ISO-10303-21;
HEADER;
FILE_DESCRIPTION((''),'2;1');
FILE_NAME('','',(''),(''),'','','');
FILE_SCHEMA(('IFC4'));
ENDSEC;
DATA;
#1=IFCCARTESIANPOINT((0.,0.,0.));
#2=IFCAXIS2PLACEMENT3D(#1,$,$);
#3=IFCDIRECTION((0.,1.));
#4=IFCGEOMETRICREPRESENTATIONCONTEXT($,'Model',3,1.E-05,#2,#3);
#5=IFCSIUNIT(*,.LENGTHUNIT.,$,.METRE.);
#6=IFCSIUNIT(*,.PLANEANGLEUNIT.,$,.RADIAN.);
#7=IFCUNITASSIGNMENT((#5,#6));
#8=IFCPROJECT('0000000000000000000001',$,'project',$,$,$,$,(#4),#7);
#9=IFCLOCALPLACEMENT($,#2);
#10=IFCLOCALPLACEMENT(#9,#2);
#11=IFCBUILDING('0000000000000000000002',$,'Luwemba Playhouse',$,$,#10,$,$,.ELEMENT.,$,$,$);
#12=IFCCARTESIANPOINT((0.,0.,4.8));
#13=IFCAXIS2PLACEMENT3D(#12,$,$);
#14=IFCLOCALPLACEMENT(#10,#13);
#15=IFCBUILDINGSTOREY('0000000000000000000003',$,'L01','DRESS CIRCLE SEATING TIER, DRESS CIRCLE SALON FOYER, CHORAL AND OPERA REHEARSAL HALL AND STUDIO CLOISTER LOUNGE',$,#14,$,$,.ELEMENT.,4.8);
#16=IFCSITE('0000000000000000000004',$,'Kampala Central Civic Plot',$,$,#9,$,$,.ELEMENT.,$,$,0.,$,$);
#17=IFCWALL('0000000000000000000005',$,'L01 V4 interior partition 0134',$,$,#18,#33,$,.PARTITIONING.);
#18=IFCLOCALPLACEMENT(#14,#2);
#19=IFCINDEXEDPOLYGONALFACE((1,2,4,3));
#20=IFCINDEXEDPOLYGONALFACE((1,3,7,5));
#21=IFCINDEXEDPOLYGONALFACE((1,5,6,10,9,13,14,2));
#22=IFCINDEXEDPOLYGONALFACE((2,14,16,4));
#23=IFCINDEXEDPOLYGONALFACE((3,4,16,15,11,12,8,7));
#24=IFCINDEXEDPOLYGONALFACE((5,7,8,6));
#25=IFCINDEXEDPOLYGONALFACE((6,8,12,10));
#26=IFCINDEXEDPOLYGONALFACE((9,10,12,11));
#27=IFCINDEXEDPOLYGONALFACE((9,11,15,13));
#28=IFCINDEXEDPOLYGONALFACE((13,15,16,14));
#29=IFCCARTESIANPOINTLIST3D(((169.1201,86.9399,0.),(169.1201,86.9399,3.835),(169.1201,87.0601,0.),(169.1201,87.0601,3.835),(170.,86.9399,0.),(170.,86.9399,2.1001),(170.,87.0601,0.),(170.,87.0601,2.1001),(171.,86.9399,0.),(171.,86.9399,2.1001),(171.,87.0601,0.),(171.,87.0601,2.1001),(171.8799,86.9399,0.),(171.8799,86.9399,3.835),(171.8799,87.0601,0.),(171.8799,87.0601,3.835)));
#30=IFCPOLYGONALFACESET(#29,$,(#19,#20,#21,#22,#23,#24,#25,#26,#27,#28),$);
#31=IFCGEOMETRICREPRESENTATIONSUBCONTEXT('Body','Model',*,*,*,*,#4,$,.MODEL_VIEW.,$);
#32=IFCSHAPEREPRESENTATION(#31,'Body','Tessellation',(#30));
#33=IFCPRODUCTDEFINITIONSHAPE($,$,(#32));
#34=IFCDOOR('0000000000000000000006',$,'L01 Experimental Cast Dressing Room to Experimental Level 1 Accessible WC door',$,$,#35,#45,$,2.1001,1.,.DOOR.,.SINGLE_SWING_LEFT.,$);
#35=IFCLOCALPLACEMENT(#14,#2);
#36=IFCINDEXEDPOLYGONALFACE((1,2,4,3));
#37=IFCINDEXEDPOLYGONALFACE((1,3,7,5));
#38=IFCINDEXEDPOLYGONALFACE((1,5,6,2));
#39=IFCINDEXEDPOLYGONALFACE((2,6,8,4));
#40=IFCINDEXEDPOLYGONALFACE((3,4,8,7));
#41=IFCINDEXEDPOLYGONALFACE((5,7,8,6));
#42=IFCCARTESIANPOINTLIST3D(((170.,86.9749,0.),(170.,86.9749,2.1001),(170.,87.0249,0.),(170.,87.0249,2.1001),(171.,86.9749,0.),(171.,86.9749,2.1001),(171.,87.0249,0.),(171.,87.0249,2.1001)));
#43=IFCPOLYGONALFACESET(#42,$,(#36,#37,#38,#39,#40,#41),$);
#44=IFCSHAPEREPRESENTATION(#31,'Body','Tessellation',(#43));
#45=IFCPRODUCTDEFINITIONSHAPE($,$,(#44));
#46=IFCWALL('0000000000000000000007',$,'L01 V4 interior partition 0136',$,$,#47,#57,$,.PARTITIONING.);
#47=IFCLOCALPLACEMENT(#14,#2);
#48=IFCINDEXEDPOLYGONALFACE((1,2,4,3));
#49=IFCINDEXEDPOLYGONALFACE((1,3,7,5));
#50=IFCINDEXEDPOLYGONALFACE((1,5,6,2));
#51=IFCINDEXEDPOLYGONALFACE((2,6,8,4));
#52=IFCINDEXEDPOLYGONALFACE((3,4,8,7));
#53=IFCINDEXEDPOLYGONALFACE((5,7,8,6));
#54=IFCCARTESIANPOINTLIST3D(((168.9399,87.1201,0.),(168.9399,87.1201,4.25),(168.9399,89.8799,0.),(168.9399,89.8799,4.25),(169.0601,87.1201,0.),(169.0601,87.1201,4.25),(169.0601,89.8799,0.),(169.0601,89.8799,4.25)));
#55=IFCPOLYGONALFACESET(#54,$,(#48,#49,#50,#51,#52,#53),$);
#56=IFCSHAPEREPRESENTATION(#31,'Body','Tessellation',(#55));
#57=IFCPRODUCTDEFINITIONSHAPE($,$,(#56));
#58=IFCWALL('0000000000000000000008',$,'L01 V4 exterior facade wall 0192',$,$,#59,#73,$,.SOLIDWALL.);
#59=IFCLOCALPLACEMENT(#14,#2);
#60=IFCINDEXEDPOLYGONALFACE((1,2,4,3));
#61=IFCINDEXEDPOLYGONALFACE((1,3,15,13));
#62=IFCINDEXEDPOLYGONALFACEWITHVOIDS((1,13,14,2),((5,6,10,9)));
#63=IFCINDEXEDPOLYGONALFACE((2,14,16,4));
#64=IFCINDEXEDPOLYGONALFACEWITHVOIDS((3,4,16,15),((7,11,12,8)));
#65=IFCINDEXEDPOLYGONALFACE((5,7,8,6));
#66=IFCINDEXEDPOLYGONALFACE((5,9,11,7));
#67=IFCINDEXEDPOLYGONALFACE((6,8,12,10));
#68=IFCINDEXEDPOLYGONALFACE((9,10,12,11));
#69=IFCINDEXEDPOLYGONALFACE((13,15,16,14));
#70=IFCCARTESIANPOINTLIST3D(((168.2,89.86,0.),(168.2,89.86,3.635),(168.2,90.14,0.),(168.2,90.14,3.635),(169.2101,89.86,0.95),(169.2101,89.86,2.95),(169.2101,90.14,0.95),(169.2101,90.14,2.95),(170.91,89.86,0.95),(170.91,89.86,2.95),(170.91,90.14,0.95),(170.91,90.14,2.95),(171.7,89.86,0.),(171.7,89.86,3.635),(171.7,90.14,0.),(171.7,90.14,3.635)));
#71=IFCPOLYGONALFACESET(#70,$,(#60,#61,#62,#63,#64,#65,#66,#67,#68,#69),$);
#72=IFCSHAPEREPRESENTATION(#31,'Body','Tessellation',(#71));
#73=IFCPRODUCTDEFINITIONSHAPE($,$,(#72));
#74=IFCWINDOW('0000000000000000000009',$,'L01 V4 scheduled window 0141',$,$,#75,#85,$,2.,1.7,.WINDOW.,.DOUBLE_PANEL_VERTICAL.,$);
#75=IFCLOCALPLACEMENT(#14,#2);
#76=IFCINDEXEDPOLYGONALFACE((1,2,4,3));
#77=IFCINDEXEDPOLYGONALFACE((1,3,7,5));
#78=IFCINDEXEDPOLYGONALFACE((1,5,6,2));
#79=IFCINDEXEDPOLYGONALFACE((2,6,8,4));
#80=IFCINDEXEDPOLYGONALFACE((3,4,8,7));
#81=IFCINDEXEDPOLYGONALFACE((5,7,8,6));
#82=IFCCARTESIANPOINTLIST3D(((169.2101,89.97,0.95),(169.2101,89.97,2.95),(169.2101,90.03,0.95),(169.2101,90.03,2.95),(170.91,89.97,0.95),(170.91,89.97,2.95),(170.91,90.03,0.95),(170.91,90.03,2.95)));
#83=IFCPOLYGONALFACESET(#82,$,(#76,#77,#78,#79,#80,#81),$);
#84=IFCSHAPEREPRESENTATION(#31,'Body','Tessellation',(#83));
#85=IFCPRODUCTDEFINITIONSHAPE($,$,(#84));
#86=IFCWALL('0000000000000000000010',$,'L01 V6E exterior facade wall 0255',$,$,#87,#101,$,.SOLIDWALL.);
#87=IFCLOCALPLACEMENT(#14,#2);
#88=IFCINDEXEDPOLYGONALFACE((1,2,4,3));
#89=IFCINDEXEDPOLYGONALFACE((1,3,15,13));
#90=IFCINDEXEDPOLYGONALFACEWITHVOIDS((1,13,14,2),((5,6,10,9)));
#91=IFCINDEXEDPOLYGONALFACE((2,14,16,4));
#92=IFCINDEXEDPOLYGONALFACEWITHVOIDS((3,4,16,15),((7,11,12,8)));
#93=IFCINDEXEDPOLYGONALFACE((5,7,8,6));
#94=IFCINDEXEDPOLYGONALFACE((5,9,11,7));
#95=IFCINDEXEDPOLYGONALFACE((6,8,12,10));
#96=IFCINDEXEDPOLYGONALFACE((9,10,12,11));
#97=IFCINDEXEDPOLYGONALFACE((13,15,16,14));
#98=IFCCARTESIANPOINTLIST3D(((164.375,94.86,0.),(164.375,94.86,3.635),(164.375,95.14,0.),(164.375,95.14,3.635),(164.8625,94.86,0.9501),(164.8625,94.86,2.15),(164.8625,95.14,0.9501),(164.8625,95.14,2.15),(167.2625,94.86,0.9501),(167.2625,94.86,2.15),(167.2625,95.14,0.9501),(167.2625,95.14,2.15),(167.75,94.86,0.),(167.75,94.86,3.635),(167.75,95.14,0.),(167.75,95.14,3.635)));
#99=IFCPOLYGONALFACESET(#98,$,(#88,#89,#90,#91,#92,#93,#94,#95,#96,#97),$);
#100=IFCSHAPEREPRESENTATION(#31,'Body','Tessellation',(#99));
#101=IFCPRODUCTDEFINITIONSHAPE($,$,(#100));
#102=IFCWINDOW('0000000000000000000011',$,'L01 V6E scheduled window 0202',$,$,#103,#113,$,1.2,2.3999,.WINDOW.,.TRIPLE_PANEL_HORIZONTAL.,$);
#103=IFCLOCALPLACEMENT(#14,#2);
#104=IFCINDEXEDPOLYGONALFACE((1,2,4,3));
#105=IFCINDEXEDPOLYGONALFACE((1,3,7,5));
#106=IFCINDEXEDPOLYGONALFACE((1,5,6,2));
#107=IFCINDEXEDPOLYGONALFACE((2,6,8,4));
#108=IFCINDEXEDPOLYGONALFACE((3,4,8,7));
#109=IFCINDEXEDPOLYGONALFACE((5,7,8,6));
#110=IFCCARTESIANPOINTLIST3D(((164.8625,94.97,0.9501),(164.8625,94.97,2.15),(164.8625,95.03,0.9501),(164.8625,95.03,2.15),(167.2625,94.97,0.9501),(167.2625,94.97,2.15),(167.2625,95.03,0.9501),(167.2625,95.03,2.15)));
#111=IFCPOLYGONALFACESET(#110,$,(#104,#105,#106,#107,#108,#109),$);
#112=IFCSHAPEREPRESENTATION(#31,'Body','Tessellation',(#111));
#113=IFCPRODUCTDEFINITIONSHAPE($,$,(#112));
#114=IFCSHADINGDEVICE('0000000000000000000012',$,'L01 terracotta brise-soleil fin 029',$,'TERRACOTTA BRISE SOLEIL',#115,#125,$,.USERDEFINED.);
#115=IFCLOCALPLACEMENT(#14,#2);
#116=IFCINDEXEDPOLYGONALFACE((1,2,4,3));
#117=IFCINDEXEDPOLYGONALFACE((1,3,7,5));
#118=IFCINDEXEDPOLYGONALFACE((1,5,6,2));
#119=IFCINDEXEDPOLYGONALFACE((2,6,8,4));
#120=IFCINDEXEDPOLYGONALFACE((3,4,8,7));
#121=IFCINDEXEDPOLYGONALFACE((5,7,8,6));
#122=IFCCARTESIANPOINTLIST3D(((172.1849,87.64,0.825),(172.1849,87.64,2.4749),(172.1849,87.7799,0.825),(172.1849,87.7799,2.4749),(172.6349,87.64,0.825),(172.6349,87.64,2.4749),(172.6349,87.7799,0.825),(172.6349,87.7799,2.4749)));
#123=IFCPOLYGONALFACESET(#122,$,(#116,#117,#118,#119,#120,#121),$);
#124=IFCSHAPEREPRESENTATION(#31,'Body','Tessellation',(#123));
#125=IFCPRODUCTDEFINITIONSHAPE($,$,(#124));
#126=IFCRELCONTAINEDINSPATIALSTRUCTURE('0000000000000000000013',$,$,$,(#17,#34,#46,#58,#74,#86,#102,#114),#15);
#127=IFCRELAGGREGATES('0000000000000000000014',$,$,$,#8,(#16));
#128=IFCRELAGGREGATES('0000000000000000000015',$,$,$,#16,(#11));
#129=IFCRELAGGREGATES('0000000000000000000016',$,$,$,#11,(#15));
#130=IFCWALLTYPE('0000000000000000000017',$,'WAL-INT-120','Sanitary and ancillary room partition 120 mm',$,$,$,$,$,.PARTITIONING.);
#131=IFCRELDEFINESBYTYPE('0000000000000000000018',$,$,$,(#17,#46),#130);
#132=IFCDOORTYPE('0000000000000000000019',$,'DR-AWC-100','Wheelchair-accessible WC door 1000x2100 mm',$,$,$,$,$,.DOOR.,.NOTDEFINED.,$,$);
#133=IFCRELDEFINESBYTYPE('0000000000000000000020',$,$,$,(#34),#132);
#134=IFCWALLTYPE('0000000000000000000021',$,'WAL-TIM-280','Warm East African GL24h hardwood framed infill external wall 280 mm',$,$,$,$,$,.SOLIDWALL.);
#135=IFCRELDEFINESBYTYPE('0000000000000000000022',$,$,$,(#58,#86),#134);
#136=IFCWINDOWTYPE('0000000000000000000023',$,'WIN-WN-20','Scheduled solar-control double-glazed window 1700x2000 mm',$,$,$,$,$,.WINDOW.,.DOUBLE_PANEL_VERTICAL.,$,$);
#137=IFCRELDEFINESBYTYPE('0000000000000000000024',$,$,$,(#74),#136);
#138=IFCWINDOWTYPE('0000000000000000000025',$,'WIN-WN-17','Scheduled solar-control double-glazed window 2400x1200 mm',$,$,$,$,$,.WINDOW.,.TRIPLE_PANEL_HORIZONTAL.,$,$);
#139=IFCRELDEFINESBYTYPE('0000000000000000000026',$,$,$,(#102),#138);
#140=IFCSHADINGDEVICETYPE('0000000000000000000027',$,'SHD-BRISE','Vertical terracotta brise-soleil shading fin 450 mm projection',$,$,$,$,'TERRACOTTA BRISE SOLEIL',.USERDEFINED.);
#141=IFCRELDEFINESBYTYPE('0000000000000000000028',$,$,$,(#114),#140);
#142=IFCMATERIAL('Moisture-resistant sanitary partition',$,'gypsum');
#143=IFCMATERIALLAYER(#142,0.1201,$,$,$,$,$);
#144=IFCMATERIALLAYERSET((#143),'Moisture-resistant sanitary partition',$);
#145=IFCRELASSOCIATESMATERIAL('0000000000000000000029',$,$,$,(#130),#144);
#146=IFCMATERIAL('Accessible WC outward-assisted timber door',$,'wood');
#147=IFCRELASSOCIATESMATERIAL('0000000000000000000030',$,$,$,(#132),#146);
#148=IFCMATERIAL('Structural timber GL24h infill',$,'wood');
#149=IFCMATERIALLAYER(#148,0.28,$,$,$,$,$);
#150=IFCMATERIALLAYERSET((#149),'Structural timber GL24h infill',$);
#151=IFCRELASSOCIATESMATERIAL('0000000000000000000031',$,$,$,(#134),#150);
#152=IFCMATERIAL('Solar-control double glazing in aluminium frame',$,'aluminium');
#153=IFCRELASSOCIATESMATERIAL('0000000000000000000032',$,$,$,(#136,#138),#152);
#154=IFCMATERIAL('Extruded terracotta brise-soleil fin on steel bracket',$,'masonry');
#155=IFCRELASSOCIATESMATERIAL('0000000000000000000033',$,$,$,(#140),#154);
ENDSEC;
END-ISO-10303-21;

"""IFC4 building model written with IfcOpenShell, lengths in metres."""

from ifc_helpers import new_model, si_unit, direction, frame, frame_2d, origin, origin_2d, place, context, subcontext, project, spatial, rectangle, extrude, material, layer, layer_set, type_object, element, fill, save


model = new_model("IFC4")

# Units and contexts
model_context = context("Model", 3, precision=1e-05, world=origin(), true_north=direction((0.0, 1.0)))
body_context = subcontext(model_context, "Body", "Model", "MODEL_VIEW")
ifc_project = project(units=[si_unit("LENGTHUNIT", "METRE"), si_unit("PLANEANGLEUNIT", "RADIAN")], contexts=[model_context])

# Site, building, storey
site_placement = place(None, origin())
site = spatial("IfcSite", under=ifc_project, at=site_placement, Name="Kampala Central Civic Plot", CompositionType="ELEMENT", RefElevation=0.0)
building_placement = place(site_placement, origin())
building = spatial("IfcBuilding", under=site, at=building_placement, Name="Luwemba Playhouse", CompositionType="ELEMENT")
storey_placement = place(building_placement, frame((0.0, 0.0, 4.8)))
storey = spatial("IfcBuildingStorey", under=building, at=storey_placement, Name="L01", Description="DRESS CIRCLE SEATING TIER, DRESS CIRCLE SALON FOYER, CHORAL AND OPERA REHEARSAL HALL AND STUDIO CLOISTER LOUNGE", CompositionType="ELEMENT", Elevation=4.8)

# Shared definitions
ifc_material_1 = material(Name="Solar-control double glazing in aluminium frame", Category="aluminium")

# Wall, opening, door
ifc_material_2 = material(Name="Moisture-resistant sanitary partition", Category="gypsum")
ifc_layer_1 = layer(ifc_material_2, 0.1201)
ifc_layer_set_1 = layer_set([ifc_layer_1], Name="Moisture-resistant sanitary partition")
wall_type_1 = type_object("IfcWallType", Name="WAL-INT-120", Description="Sanitary and ancillary room partition 120 mm", PredefinedType="PARTITIONING", material=ifc_layer_set_1)
wall_1_placement = place(storey_placement, frame((169.1201, 87.0, 0.0), z_axis=(0.0, 0.0, 1.0), x_axis=(1.0, 0.0, 0.0)))
wall_1 = element("IfcWall", 1, at=wall_1_placement, inside=storey, type_object=wall_type_1, Name="L01 V4 interior partition 0134", PredefinedType="PARTITIONING", context=body_context, shape_type="SweptSolid", body=[
    extrude(rectangle(XDim=2.7598, YDim=0.1201, at=frame_2d((1.3799, 0.0))), origin(), (0.0, 0.0, 1.0), 3.835),
])
opening_1_placement = place(wall_1_placement, frame((0.8799, 0.0, 0.0)))
opening_1 = element("IfcOpeningElement", 2, at=opening_1_placement, cuts=wall_1, PredefinedType="OPENING", context=body_context, shape_type="SweptSolid", body=[
    extrude(rectangle(XDim=1.0, YDim=2.1001, at=frame_2d((0.5, 1.05))), frame((0.0, 0.0701, 0.0), z_axis=(0.0, -1.0, 0.0), x_axis=(1.0, 0.0, 0.0)), (0.0, 0.0, 1.0), 0.1401),
])
ifc_material_3 = material(Name="Accessible WC outward-assisted timber door", Category="wood")
door_type = type_object("IfcDoorType", Name="DR-AWC-100", Description="Wheelchair-accessible WC door 1000x2100 mm", OperationType="NOTDEFINED", PredefinedType="DOOR", material=ifc_material_3)
door_placement = place(opening_1_placement, origin())
door = element("IfcDoor", 3, at=door_placement, inside=storey, type_object=door_type, Name="L01 Experimental Cast Dressing Room to Experimental Level 1 Accessible WC door", OperationType="SINGLE_SWING_LEFT", OverallHeight=2.1001, OverallWidth=1.0, PredefinedType="DOOR", context=body_context, shape_type="SweptSolid", body=[
    extrude(rectangle(XDim=1.0, YDim=2.1001, at=frame_2d((0.5, 1.05))), frame((0.0, 0.0249, 0.0), z_axis=(0.0, -1.0, 0.0), x_axis=(1.0, 0.0, 0.0)), (0.0, 0.0, 1.0), 0.05),
])
fill(opening_1, door)

# Wall
wall_2_placement = place(storey_placement, frame((169.0, 87.1201, 0.0), z_axis=(0.0, 0.0, 1.0), x_axis=(0.0, 1.0, 0.0)))
element("IfcWall", 4, at=wall_2_placement, inside=storey, type_object=wall_type_1, Name="L01 V4 interior partition 0136", PredefinedType="PARTITIONING", context=body_context, shape_type="SweptSolid", body=[
    extrude(rectangle(XDim=2.7598, YDim=0.1201, at=frame_2d((1.3799, 0.0))), origin(), (0.0, 0.0, 1.0), 4.25),
])

# Walls, openings, windows
ifc_material_4 = material(Name="Structural timber GL24h infill", Category="wood")
ifc_layer_2 = layer(ifc_material_4, 0.28)
ifc_layer_set_2 = layer_set([ifc_layer_2], Name="Structural timber GL24h infill")
wall_type_2 = type_object("IfcWallType", Name="WAL-TIM-280", Description="Warm East African GL24h hardwood framed infill external wall 280 mm", PredefinedType="SOLIDWALL", material=ifc_layer_set_2)
wall_3_placement = place(storey_placement, frame((168.2, 90.0, 0.0), z_axis=(0.0, 0.0, 1.0), x_axis=(1.0, 0.0, 0.0)))
wall_3 = element("IfcWall", 5, at=wall_3_placement, inside=storey, type_object=wall_type_2, Name="L01 V4 exterior facade wall 0192", PredefinedType="SOLIDWALL", context=body_context, shape_type="SweptSolid", body=[
    extrude(rectangle(XDim=3.5, YDim=0.28, at=frame_2d((1.75, 0.0))), origin(), (0.0, 0.0, 1.0), 3.635),
])
opening_2_placement = place(wall_3_placement, frame((1.01, 0.0, 0.95)))
opening_2 = element("IfcOpeningElement", 6, at=opening_2_placement, cuts=wall_3, PredefinedType="OPENING", context=body_context, shape_type="SweptSolid", body=[
    extrude(rectangle(XDim=1.7, YDim=2.0, at=frame_2d((0.8501, 1.0))), frame((0.0, 0.1499, 0.0), z_axis=(0.0, -1.0, 0.0), x_axis=(1.0, 0.0, 0.0)), (0.0, 0.0, 1.0), 0.3),
])
window_type_1 = type_object("IfcWindowType", Name="WIN-WN-20", Description="Scheduled solar-control double-glazed window 1700x2000 mm", PartitioningType="DOUBLE_PANEL_VERTICAL", PredefinedType="WINDOW", material=ifc_material_1)
window_1_placement = place(opening_2_placement, origin())
window_1 = element("IfcWindow", 7, at=window_1_placement, inside=storey, type_object=window_type_1, Name="L01 V4 scheduled window 0141", OverallHeight=2.0, OverallWidth=1.7, PartitioningType="DOUBLE_PANEL_VERTICAL", PredefinedType="WINDOW", context=body_context, shape_type="SweptSolid", body=[
    extrude(rectangle(XDim=1.7, YDim=2.0, at=frame_2d((0.8501, 1.0))), frame((0.0, 0.03, 0.0), z_axis=(0.0, -1.0, 0.0), x_axis=(1.0, 0.0, 0.0)), (0.0, 0.0, 1.0), 0.0601),
])
fill(opening_2, window_1)
wall_4_placement = place(storey_placement, frame((167.75, 95.0, 0.0), z_axis=(0.0, 0.0, 1.0), x_axis=(-1.0, 0.0, 0.0)))
wall_4 = element("IfcWall", 8, at=wall_4_placement, inside=storey, type_object=wall_type_2, Name="L01 V6E exterior facade wall 0255", PredefinedType="SOLIDWALL", context=body_context, shape_type="SweptSolid", body=[
    extrude(rectangle(XDim=3.375, YDim=0.28, at=frame_2d((1.6875, 0.0))), origin(), (0.0, 0.0, 1.0), 3.635),
])
opening_3_placement = place(wall_4_placement, frame((0.4875, 0.0, 0.95)))
opening_3 = element("IfcOpeningElement", 9, at=opening_3_placement, cuts=wall_4, PredefinedType="OPENING", context=body_context, shape_type="SweptSolid", body=[
    extrude(rectangle(XDim=2.3999, YDim=1.2, at=frame_2d((1.2, 0.6001))), frame((0.0, 0.1499, 0.0), z_axis=(0.0, -1.0, 0.0), x_axis=(1.0, 0.0, 0.0)), (0.0, 0.0, 1.0), 0.3),
])
window_type_2 = type_object("IfcWindowType", Name="WIN-WN-17", Description="Scheduled solar-control double-glazed window 2400x1200 mm", PartitioningType="TRIPLE_PANEL_HORIZONTAL", PredefinedType="WINDOW", material=ifc_material_1)
window_2_placement = place(opening_3_placement, origin())
window_2 = element("IfcWindow", 10, at=window_2_placement, inside=storey, type_object=window_type_2, Name="L01 V6E scheduled window 0202", OverallHeight=1.2, OverallWidth=2.3999, PartitioningType="TRIPLE_PANEL_HORIZONTAL", PredefinedType="WINDOW", context=body_context, shape_type="SweptSolid", body=[
    extrude(rectangle(XDim=2.3999, YDim=1.2, at=frame_2d((1.2, 0.6001))), frame((0.0, 0.03, 0.0), z_axis=(0.0, -1.0, 0.0), x_axis=(1.0, 0.0, 0.0)), (0.0, 0.0, 1.0), 0.0601),
])
fill(opening_3, window_2)

# Shading device
ifc_material_5 = material(Name="Extruded terracotta brise-soleil fin on steel bracket", Category="masonry")
shading_device_type = type_object("IfcShadingDeviceType", Name="SHD-BRISE", Description="Vertical terracotta brise-soleil shading fin 450 mm projection", ElementType="TERRACOTTA BRISE SOLEIL", PredefinedType="USERDEFINED", material=ifc_material_5)
shading_device_placement = place(storey_placement, frame((172.4099, 87.71, 0.825), z_axis=(0.0, 0.0, 1.0), x_axis=(0.0, -1.0, 0.0)))
element("IfcShadingDevice", 11, at=shading_device_placement, inside=storey, type_object=shading_device_type, Name="L01 terracotta brise-soleil fin 029", ObjectType="TERRACOTTA BRISE SOLEIL", PredefinedType="USERDEFINED", context=body_context, shape_type="SweptSolid", body=[
    extrude(rectangle(XDim=0.1399, YDim=0.45, at=origin_2d()), origin(), (0.0, 0.0, 1.0), 1.6499),
])

save(model, "model.ifc")
